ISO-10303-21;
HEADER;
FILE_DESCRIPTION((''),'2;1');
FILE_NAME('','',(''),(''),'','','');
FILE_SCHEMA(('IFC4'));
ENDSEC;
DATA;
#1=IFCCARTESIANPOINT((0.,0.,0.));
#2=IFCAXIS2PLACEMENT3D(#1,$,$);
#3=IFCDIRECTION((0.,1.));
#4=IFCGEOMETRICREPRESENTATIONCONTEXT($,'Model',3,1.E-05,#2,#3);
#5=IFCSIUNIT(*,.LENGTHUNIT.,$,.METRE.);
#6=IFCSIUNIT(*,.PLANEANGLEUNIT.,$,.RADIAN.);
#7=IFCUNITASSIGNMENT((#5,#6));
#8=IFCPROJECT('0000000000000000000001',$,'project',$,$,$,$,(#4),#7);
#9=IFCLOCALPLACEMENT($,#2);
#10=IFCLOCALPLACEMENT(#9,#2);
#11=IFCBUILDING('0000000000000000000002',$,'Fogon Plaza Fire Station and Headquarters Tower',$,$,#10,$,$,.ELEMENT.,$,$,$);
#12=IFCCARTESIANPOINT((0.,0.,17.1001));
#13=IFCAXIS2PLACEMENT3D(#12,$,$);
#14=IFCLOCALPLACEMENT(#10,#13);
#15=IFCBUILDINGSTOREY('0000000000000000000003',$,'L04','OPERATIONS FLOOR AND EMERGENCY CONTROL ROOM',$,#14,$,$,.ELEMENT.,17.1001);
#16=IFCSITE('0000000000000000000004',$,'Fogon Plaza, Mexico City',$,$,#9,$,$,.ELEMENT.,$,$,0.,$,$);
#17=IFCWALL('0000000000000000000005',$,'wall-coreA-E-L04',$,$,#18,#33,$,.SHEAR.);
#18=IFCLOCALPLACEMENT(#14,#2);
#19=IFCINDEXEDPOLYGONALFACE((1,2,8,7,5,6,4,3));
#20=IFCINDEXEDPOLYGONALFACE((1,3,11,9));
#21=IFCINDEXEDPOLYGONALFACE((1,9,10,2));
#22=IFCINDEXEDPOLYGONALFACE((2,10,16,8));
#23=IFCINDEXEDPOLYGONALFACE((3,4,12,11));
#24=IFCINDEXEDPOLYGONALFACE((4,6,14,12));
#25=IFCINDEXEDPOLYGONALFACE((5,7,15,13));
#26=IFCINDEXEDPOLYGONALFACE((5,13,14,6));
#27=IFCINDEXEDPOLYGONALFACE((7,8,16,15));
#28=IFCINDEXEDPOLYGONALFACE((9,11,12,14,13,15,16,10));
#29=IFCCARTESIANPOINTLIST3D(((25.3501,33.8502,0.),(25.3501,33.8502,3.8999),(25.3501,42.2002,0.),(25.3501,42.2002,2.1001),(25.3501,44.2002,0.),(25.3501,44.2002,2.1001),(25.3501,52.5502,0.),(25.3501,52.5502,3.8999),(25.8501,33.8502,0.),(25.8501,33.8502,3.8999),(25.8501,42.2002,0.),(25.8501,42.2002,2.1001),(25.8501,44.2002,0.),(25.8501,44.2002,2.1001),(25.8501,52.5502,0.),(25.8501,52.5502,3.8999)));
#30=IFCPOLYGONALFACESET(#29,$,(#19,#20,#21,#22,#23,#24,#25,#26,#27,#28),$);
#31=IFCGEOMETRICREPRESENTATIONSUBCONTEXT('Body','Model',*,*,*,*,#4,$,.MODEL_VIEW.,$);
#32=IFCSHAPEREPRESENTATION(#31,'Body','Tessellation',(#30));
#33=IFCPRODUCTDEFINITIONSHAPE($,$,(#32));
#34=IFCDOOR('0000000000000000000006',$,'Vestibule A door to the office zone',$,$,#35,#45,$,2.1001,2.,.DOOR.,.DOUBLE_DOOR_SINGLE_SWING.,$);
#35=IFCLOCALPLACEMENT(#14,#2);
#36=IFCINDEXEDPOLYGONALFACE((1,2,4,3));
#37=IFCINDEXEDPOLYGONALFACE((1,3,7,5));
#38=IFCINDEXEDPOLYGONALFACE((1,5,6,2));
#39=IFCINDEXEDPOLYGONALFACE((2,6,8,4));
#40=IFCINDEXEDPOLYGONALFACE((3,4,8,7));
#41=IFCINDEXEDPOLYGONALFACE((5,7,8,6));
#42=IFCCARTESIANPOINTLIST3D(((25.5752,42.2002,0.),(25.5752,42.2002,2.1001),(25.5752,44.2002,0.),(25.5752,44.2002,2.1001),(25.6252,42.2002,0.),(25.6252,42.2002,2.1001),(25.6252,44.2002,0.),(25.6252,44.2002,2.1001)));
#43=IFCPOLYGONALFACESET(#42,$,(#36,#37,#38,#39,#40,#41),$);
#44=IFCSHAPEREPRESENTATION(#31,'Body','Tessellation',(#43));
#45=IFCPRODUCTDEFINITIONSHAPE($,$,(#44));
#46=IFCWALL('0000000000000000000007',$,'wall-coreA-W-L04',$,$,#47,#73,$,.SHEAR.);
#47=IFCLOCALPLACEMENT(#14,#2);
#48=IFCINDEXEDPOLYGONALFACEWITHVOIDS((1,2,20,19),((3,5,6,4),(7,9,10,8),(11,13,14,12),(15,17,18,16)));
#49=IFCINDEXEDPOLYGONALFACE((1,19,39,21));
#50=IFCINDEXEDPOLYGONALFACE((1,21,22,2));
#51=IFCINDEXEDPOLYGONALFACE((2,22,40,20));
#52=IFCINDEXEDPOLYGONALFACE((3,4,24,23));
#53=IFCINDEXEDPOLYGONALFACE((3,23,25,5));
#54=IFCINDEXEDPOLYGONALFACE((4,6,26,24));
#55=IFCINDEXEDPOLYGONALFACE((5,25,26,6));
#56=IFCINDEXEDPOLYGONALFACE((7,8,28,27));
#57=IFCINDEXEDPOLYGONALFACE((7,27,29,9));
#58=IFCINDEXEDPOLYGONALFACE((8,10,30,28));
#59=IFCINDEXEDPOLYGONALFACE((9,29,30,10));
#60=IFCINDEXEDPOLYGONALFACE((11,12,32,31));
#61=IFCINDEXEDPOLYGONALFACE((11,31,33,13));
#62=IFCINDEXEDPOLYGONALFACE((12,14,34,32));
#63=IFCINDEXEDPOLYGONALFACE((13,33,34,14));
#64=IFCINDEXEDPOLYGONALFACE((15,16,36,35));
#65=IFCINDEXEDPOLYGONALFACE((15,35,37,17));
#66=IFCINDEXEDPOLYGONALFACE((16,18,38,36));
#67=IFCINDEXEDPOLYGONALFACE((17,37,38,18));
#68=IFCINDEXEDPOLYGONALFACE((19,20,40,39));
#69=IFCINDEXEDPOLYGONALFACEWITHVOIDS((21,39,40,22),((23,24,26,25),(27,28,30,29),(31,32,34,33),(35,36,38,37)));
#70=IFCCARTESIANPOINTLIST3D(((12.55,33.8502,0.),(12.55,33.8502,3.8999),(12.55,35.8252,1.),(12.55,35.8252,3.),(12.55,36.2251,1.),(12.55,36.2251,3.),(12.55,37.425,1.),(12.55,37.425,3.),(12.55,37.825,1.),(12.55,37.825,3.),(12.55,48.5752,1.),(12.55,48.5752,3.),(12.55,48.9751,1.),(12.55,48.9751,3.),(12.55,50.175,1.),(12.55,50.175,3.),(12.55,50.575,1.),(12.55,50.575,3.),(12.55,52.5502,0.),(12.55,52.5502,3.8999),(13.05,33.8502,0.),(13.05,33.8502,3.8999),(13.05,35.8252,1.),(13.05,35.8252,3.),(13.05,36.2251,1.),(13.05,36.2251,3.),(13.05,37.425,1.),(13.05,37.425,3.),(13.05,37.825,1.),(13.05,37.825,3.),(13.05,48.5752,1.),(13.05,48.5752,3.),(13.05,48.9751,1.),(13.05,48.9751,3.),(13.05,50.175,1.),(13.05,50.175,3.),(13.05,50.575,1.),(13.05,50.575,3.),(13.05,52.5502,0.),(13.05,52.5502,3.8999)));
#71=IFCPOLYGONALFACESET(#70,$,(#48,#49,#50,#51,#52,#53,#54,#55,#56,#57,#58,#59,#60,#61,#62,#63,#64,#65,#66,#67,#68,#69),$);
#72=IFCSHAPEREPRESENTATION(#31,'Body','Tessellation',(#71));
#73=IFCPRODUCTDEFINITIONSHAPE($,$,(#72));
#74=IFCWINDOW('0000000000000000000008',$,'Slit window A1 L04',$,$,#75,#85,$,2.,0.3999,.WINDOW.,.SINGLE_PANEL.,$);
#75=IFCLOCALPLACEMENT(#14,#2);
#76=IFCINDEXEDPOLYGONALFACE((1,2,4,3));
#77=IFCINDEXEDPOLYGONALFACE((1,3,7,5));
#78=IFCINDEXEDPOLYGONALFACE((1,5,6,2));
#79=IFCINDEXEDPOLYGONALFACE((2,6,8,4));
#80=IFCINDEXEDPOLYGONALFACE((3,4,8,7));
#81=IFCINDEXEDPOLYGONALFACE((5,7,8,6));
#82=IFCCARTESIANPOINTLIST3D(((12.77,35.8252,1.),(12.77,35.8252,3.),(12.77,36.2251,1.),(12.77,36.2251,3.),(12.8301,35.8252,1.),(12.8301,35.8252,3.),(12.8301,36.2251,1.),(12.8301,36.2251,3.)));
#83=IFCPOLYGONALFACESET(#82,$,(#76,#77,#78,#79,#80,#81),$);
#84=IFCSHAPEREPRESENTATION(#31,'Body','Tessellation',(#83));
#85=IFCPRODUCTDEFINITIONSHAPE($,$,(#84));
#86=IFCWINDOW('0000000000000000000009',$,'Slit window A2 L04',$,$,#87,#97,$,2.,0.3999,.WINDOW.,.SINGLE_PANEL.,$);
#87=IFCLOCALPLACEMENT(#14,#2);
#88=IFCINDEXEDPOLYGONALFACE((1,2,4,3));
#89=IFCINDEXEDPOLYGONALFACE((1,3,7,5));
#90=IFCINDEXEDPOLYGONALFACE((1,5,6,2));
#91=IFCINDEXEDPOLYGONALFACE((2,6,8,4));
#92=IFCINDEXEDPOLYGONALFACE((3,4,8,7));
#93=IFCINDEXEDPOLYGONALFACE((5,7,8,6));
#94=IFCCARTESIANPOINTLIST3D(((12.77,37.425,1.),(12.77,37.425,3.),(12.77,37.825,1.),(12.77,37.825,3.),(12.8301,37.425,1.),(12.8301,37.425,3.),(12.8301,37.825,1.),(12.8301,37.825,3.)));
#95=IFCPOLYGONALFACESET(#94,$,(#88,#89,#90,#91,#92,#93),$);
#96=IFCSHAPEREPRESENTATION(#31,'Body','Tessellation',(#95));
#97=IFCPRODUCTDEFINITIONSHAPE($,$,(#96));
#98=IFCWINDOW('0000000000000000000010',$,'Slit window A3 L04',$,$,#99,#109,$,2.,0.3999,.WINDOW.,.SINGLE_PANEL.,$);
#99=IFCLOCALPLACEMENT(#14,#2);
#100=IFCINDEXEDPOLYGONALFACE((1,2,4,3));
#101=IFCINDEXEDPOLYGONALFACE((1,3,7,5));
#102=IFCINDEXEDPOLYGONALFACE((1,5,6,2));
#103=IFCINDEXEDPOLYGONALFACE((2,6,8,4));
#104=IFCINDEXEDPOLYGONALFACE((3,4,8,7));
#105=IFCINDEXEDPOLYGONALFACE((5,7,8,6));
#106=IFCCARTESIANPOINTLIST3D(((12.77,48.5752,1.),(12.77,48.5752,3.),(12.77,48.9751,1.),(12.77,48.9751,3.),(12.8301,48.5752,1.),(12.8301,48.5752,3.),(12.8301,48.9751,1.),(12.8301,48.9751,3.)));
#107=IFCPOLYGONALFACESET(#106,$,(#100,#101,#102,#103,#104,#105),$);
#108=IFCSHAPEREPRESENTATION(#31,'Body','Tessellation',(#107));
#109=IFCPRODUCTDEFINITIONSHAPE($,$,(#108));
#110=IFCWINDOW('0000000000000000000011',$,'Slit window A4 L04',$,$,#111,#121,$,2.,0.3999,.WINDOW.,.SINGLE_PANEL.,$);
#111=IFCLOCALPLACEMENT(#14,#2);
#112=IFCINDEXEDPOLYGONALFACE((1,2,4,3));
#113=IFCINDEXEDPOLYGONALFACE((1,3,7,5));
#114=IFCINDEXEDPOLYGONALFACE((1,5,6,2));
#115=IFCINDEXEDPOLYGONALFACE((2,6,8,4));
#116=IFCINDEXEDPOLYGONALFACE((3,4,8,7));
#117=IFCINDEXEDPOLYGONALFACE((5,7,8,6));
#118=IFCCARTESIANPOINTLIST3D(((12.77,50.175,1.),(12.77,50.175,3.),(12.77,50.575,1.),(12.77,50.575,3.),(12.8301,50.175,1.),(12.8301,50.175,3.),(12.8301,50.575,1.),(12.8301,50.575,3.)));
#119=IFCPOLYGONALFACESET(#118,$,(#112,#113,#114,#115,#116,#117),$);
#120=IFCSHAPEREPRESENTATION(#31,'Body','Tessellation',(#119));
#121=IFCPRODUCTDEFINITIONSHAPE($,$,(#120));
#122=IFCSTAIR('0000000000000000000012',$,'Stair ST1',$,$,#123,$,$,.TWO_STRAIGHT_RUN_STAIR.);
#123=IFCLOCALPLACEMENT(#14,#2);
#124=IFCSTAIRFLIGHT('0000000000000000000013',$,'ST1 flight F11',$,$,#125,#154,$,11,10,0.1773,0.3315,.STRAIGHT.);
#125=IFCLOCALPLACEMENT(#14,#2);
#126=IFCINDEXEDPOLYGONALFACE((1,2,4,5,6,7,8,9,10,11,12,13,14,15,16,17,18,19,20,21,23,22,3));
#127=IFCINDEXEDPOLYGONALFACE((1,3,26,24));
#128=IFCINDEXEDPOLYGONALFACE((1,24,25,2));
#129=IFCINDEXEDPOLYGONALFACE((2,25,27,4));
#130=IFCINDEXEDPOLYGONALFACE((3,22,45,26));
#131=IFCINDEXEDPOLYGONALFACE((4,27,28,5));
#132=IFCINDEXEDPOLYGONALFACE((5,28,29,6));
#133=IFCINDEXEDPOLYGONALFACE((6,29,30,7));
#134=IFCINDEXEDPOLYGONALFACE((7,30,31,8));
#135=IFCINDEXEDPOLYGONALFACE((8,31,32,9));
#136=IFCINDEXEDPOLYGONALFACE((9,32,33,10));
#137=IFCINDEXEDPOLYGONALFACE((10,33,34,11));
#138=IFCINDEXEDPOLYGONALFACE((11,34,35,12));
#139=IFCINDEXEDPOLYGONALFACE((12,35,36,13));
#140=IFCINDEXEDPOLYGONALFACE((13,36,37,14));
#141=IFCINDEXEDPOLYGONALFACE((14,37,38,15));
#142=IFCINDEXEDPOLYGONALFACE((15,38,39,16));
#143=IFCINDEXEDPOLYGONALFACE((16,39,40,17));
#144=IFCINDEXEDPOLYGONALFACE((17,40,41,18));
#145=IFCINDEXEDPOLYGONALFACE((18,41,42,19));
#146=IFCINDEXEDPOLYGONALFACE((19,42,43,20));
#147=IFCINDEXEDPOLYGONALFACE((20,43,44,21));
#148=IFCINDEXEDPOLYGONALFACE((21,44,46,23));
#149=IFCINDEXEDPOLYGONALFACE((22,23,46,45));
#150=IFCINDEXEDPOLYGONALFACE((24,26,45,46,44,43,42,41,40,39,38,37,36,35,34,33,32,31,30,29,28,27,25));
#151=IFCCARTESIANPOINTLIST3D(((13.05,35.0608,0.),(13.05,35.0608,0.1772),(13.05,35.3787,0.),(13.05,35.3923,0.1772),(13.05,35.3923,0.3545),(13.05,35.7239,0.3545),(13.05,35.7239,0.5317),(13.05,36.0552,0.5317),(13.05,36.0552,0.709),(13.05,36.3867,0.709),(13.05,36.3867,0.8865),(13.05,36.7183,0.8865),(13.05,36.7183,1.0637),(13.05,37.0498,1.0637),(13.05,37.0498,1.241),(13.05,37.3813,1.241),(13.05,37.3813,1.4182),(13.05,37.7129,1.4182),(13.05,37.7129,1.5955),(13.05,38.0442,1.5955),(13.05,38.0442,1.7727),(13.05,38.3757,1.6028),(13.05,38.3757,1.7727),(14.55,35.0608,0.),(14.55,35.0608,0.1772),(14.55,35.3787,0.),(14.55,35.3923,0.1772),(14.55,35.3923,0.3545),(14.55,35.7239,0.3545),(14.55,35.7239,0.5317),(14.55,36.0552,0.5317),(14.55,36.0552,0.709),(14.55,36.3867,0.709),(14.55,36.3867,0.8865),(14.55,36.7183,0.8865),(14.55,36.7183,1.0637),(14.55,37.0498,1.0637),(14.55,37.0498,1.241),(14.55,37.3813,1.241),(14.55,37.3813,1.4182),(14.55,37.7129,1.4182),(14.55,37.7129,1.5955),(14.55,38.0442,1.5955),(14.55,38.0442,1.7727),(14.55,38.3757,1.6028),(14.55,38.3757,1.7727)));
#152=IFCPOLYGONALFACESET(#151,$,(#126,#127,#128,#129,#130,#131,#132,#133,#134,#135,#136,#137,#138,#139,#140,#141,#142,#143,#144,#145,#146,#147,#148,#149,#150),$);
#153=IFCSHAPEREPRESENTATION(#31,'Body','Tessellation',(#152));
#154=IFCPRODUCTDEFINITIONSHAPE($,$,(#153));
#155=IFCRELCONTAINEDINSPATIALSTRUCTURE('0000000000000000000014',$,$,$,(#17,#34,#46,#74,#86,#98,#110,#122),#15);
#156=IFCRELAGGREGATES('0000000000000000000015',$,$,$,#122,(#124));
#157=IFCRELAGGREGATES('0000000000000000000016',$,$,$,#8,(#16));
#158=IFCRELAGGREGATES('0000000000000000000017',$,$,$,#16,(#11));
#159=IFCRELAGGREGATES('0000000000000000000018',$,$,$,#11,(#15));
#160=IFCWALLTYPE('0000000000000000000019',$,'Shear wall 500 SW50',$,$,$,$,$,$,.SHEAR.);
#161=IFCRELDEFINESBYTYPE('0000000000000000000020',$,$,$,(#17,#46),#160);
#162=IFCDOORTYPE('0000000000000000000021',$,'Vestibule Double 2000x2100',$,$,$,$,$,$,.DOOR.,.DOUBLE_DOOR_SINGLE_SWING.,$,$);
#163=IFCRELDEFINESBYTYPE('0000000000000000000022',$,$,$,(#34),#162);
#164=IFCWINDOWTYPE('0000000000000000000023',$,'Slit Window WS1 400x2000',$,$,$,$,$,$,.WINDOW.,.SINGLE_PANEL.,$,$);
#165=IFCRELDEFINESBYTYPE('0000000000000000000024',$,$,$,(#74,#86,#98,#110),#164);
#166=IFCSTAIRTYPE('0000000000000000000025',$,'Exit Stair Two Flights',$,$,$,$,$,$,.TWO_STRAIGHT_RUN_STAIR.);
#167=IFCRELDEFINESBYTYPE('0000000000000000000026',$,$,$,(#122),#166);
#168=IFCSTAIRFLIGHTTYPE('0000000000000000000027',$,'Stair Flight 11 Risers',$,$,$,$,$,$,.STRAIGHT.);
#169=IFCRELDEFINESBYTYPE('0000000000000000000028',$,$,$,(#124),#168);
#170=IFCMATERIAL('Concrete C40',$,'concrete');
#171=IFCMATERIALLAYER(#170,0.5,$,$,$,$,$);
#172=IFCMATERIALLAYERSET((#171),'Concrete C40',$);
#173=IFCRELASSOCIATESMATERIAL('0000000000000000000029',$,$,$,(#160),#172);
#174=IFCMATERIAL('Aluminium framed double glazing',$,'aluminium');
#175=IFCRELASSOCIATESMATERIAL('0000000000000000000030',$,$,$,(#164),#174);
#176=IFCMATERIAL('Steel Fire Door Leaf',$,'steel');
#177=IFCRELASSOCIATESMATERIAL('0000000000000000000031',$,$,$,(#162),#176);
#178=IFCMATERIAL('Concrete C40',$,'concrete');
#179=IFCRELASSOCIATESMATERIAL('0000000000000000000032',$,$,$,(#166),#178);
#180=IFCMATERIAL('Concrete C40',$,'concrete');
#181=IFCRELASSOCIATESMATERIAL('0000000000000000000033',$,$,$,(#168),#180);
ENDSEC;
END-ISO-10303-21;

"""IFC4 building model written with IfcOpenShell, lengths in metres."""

from ifc_helpers import new_model, si_unit, direction, frame, frame_2d, origin, place, context, subcontext, project, spatial, polyline, rectangle, outline, extrude, material, layer, layer_set, type_object, element, fill, aggregate, save


model = new_model("IFC4")

# Units and contexts
model_context = context("Model", 3, precision=1e-05, world=origin(), true_north=direction((0.0, 1.0)))
body_context = subcontext(model_context, "Body", "Model", "MODEL_VIEW")
ifc_project = project(units=[si_unit("LENGTHUNIT", "METRE"), si_unit("PLANEANGLEUNIT", "RADIAN")], contexts=[model_context])

# Site, building, storey
site_placement = place(None, origin())
site = spatial("IfcSite", under=ifc_project, at=site_placement, Name="Fogon Plaza, Mexico City", CompositionType="ELEMENT", RefElevation=0.0)
building_placement = place(site_placement, origin())
building = spatial("IfcBuilding", under=site, at=building_placement, Name="Fogon Plaza Fire Station and Headquarters Tower", CompositionType="ELEMENT")
storey_placement = place(building_placement, frame((0.0, 0.0, 17.1001)))
storey = spatial("IfcBuildingStorey", under=building, at=storey_placement, Name="L04", Description="OPERATIONS FLOOR AND EMERGENCY CONTROL ROOM", CompositionType="ELEMENT", Elevation=17.1001)

# Shared definitions
ifc_material_1 = material(Name="Concrete C40", Category="concrete")
ifc_layer_1 = layer(ifc_material_1, 0.5)
ifc_layer_set_1 = layer_set([ifc_layer_1], Name="Concrete C40")
wall_type_1 = type_object("IfcWallType", Name="Shear wall 500 SW50", PredefinedType="SHEAR", material=ifc_layer_set_1)
ifc_material_2 = material(Name="Aluminium framed double glazing", Category="aluminium")
window_type = type_object("IfcWindowType", Name="Slit Window WS1 400x2000", PartitioningType="SINGLE_PANEL", PredefinedType="WINDOW", material=ifc_material_2)

# Wall, opening, door
wall_1_placement = place(storey_placement, frame((25.6001, 33.8501, 0.0), z_axis=(0.0, 0.0, 1.0), x_axis=(0.0, 1.0, 0.0)))
wall_1 = element("IfcWall", 1, at=wall_1_placement, inside=storey, type_object=wall_type_1, Name="wall-coreA-E-L04", PredefinedType="SHEAR", context=body_context, shape_type="SweptSolid", body=[
    extrude(rectangle(XDim=18.7, YDim=0.5, at=frame_2d((9.3501, 0.0))), origin(), (0.0, 0.0, 1.0), 3.8999),
])
opening_1_placement = place(wall_1_placement, frame((8.3501, 0.0, 0.0)))
opening_1 = element("IfcOpeningElement", 2, at=opening_1_placement, cuts=wall_1, PredefinedType="OPENING", context=body_context, shape_type="SweptSolid", body=[
    extrude(rectangle(XDim=2.0, YDim=2.1001, at=frame_2d((1.0, 1.05))), frame((0.0, 0.26, 0.0), z_axis=(0.0, -1.0, 0.0), x_axis=(1.0, 0.0, 0.0)), (0.0, 0.0, 1.0), 0.52),
])
ifc_material_3 = material(Name="Steel Fire Door Leaf", Category="steel")
door_type_1 = type_object("IfcDoorType", Name="Vestibule Double 2000x2100", OperationType="DOUBLE_DOOR_SINGLE_SWING", PredefinedType="DOOR", material=ifc_material_3)
door_1_placement = place(opening_1_placement, origin())
door_1 = element("IfcDoor", 3, at=door_1_placement, inside=storey, type_object=door_type_1, Name="Vestibule A door to the office zone", OperationType="DOUBLE_DOOR_SINGLE_SWING", OverallHeight=2.1001, OverallWidth=2.0, PredefinedType="DOOR", context=body_context, shape_type="SweptSolid", body=[
    extrude(rectangle(XDim=2.0, YDim=2.1001, at=frame_2d((1.0, 1.05))), frame((0.0, 0.0249, 0.0), z_axis=(0.0, -1.0, 0.0), x_axis=(1.0, 0.0, 0.0)), (0.0, 0.0, 1.0), 0.05),
])
fill(opening_1, door_1)

# Wall, openings, windows
wall_2_placement = place(storey_placement, frame((12.8, 33.8501, 0.0), z_axis=(0.0, 0.0, 1.0), x_axis=(0.0, 1.0, 0.0)))
wall_2 = element("IfcWall", 4, at=wall_2_placement, inside=storey, type_object=wall_type_1, Name="wall-coreA-W-L04", PredefinedType="SHEAR", context=body_context, shape_type="SweptSolid", body=[
    extrude(rectangle(XDim=18.7, YDim=0.5, at=frame_2d((9.3501, 0.0))), origin(), (0.0, 0.0, 1.0), 3.8999),
])
opening_2_placement = place(wall_2_placement, frame((1.9751, 0.0, 1.0)))
opening_2 = element("IfcOpeningElement", 5, at=opening_2_placement, cuts=wall_2, PredefinedType="OPENING", context=body_context, shape_type="SweptSolid", body=[
    extrude(rectangle(XDim=0.3999, YDim=2.0, at=frame_2d((0.2, 1.0))), frame((0.0, 0.26, 0.0), z_axis=(0.0, -1.0, 0.0), x_axis=(1.0, 0.0, 0.0)), (0.0, 0.0, 1.0), 0.52),
])
opening_3_placement = place(wall_2_placement, frame((3.575, 0.0, 1.0)))
opening_3 = element("IfcOpeningElement", 6, at=opening_3_placement, cuts=wall_2, PredefinedType="OPENING", context=body_context, shape_type="SweptSolid", body=[
    extrude(rectangle(XDim=0.3999, YDim=2.0, at=frame_2d((0.2, 1.0))), frame((0.0, 0.26, 0.0), z_axis=(0.0, -1.0, 0.0), x_axis=(1.0, 0.0, 0.0)), (0.0, 0.0, 1.0), 0.52),
])
opening_4_placement = place(wall_2_placement, frame((14.7251, 0.0, 1.0)))
opening_4 = element("IfcOpeningElement", 7, at=opening_4_placement, cuts=wall_2, PredefinedType="OPENING", context=body_context, shape_type="SweptSolid", body=[
    extrude(rectangle(XDim=0.3999, YDim=2.0, at=frame_2d((0.2, 1.0))), frame((0.0, 0.26, 0.0), z_axis=(0.0, -1.0, 0.0), x_axis=(1.0, 0.0, 0.0)), (0.0, 0.0, 1.0), 0.52),
])
opening_5_placement = place(wall_2_placement, frame((16.325, 0.0, 1.0)))
opening_5 = element("IfcOpeningElement", 8, at=opening_5_placement, cuts=wall_2, PredefinedType="OPENING", context=body_context, shape_type="SweptSolid", body=[
    extrude(rectangle(XDim=0.3999, YDim=2.0, at=frame_2d((0.2, 1.0))), frame((0.0, 0.26, 0.0), z_axis=(0.0, -1.0, 0.0), x_axis=(1.0, 0.0, 0.0)), (0.0, 0.0, 1.0), 0.52),
])
window_1_placement = place(opening_2_placement, origin())
window_1 = element("IfcWindow", 9, at=window_1_placement, inside=storey, type_object=window_type, Name="Slit window A1 L04", OverallHeight=2.0, OverallWidth=0.3999, PartitioningType="SINGLE_PANEL", PredefinedType="WINDOW", context=body_context, shape_type="SweptSolid", body=[
    extrude(rectangle(XDim=0.3999, YDim=2.0, at=frame_2d((0.2, 1.0))), frame((0.0, 0.03, 0.0), z_axis=(0.0, -1.0, 0.0), x_axis=(1.0, 0.0, 0.0)), (0.0, 0.0, 1.0), 0.0601),
])
fill(opening_2, window_1)
window_2_placement = place(opening_3_placement, origin())
window_2 = element("IfcWindow", 10, at=window_2_placement, inside=storey, type_object=window_type, Name="Slit window A2 L04", OverallHeight=2.0, OverallWidth=0.3999, PartitioningType="SINGLE_PANEL", PredefinedType="WINDOW", context=body_context, shape_type="SweptSolid", body=[
    extrude(rectangle(XDim=0.3999, YDim=2.0, at=frame_2d((0.2, 1.0))), frame((0.0, 0.03, 0.0), z_axis=(0.0, -1.0, 0.0), x_axis=(1.0, 0.0, 0.0)), (0.0, 0.0, 1.0), 0.0601),
])
fill(opening_3, window_2)
window_3_placement = place(opening_4_placement, origin())
window_3 = element("IfcWindow", 11, at=window_3_placement, inside=storey, type_object=window_type, Name="Slit window A3 L04", OverallHeight=2.0, OverallWidth=0.3999, PartitioningType="SINGLE_PANEL", PredefinedType="WINDOW", context=body_context, shape_type="SweptSolid", body=[
    extrude(rectangle(XDim=0.3999, YDim=2.0, at=frame_2d((0.2, 1.0))), frame((0.0, 0.03, 0.0), z_axis=(0.0, -1.0, 0.0), x_axis=(1.0, 0.0, 0.0)), (0.0, 0.0, 1.0), 0.0601),
])
fill(opening_4, window_3)
window_4_placement = place(opening_5_placement, origin())
window_4 = element("IfcWindow", 12, at=window_4_placement, inside=storey, type_object=window_type, Name="Slit window A4 L04", OverallHeight=2.0, OverallWidth=0.3999, PartitioningType="SINGLE_PANEL", PredefinedType="WINDOW", context=body_context, shape_type="SweptSolid", body=[
    extrude(rectangle(XDim=0.3999, YDim=2.0, at=frame_2d((0.2, 1.0))), frame((0.0, 0.03, 0.0), z_axis=(0.0, -1.0, 0.0), x_axis=(1.0, 0.0, 0.0)), (0.0, 0.0, 1.0), 0.0601),
])
fill(opening_5, window_4)

# Stair, stair flight
ifc_material_4 = material(Name="Concrete C40", Category="concrete")
stair_type = type_object("IfcStairType", Name="Exit Stair Two Flights", PredefinedType="TWO_STRAIGHT_RUN_STAIR", material=ifc_material_4)
stair_placement = place(storey_placement, origin())
stair = element("IfcStair", 13, at=stair_placement, inside=storey, type_object=stair_type, Name="Stair ST1", PredefinedType="TWO_STRAIGHT_RUN_STAIR")
ifc_material_5 = material(Name="Concrete C40", Category="concrete")
stair_flight_type = type_object("IfcStairFlightType", Name="Stair Flight 11 Risers", PredefinedType="STRAIGHT", material=ifc_material_5)
stair_flight_placement = place(storey_placement, frame((13.8, 35.0608, 0.0), z_axis=(0.0, 0.0, 1.0), x_axis=(0.0, 1.0, 0.0)))
stair_flight = element("IfcStairFlight", 14, at=stair_flight_placement, type_object=stair_flight_type, Name="ST1 flight F11", NumberOfRisers=11, NumberOfTreads=10, PredefinedType="STRAIGHT", RiserHeight=0.1773, TreadLength=0.3315, context=body_context, shape_type="SweptSolid", body=[
    extrude(outline(polyline([(0.0, 0.0), (0.0, 0.1772), (0.3315, 0.1772), (0.3315, 0.3545), (0.6631, 0.3545), (0.6631, 0.5317), (0.9944, 0.5317), (0.9944, 0.709), (1.3259, 0.709), (1.3259, 0.8865), (1.6575, 0.8865), (1.6575, 1.0637), (1.989, 1.0637), (1.989, 1.241), (2.3206, 1.241), (2.3206, 1.4182), (2.6521, 1.4182), (2.6521, 1.5955), (2.9834, 1.5955), (2.9834, 1.7727), (3.3149, 1.7727), (3.3149, 1.95), (3.3149, 1.6028), (0.3179, 0.0), (0.0, 0.0)])), frame((0.0, 0.75, 0.0), z_axis=(0.0, -1.0, 0.0), x_axis=(1.0, 0.0, 0.0)), (0.0, 0.0, 1.0), 1.5),
])
aggregate(stair, [stair_flight])

save(model, "model.ifc")
